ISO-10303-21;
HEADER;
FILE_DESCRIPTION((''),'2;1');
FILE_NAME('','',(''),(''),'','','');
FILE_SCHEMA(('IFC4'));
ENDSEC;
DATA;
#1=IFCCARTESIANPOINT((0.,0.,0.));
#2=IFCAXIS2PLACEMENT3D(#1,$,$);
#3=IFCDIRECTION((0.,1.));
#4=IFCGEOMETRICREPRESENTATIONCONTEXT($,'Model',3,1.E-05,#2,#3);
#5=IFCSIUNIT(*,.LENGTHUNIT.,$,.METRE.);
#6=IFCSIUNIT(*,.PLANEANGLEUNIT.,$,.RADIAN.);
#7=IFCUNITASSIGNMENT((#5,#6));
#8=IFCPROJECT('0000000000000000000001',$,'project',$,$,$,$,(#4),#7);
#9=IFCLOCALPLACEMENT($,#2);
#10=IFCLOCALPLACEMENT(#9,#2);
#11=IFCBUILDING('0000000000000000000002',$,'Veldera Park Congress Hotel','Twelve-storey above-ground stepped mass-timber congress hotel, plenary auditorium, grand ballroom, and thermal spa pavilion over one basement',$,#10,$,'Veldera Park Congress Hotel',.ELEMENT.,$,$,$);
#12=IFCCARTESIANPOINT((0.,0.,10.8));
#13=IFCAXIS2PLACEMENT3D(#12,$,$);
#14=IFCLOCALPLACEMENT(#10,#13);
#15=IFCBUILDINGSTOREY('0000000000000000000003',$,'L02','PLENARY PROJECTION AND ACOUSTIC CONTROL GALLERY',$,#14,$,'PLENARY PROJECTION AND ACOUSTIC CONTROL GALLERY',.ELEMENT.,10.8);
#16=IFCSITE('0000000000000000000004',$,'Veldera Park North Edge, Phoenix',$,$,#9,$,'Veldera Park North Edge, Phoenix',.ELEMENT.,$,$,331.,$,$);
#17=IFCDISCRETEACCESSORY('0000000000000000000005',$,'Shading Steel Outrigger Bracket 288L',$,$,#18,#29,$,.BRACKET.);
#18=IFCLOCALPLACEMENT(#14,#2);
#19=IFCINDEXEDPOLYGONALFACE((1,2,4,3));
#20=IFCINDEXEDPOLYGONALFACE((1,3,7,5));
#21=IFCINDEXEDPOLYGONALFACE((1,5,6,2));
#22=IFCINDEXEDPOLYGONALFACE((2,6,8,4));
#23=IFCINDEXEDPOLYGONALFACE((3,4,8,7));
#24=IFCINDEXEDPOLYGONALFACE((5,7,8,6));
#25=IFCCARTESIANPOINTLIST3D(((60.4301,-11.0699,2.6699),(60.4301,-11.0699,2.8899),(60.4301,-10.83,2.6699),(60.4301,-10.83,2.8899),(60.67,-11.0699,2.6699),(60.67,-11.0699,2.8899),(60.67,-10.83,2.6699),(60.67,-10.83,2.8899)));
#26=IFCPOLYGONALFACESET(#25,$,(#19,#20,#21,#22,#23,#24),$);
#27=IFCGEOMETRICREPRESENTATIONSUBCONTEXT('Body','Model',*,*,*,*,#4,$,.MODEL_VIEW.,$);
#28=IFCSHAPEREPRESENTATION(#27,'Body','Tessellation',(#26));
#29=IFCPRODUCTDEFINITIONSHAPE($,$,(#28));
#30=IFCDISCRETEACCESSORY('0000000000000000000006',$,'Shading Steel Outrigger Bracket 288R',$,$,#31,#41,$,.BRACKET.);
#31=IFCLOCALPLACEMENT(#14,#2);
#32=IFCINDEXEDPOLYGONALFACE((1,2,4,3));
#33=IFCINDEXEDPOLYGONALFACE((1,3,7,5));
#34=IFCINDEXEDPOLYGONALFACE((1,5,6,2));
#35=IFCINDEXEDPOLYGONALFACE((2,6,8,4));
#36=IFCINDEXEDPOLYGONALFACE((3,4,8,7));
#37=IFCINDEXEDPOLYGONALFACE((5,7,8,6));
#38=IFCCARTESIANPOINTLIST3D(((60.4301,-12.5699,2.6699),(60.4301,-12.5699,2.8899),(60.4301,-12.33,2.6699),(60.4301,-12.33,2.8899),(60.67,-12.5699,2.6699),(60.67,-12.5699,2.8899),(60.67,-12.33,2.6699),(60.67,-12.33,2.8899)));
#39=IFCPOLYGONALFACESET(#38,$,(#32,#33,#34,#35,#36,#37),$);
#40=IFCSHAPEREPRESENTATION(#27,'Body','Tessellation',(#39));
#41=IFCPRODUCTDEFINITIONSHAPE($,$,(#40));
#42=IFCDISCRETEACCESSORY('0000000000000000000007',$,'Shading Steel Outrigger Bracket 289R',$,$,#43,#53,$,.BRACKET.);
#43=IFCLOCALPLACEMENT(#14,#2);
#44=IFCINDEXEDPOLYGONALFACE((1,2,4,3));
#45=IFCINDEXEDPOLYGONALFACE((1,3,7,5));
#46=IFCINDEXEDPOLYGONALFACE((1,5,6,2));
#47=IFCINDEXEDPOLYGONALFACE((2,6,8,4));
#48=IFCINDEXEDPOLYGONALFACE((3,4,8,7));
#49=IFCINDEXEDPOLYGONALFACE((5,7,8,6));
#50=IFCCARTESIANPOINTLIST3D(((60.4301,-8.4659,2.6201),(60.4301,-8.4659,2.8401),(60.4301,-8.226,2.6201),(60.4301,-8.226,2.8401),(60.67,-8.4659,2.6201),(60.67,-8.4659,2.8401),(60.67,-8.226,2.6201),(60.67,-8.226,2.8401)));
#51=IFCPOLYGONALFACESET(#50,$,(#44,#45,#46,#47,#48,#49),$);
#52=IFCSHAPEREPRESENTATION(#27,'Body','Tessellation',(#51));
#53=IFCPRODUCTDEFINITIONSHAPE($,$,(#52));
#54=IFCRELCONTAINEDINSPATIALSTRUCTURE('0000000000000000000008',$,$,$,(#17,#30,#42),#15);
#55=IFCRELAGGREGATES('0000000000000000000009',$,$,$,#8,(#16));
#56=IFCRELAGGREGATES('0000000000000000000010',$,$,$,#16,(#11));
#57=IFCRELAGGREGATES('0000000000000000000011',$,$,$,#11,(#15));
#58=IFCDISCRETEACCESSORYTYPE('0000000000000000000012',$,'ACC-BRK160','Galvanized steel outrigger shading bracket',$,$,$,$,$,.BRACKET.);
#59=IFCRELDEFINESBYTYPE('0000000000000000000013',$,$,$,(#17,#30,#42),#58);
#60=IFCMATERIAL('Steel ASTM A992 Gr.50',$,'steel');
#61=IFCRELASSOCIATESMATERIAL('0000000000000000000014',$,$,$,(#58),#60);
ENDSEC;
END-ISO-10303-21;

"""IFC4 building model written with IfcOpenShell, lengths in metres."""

from ifc_helpers import new_model, si_unit, direction, frame, origin, origin_2d, place, context, subcontext, project, spatial, rectangle, extrude, material, type_object, element, save


model = new_model("IFC4")

# Units and contexts
model_context = context("Model", 3, precision=1e-05, world=origin(), true_north=direction((0.0, 1.0)))
body_context = subcontext(model_context, "Body", "Model", "MODEL_VIEW")
ifc_project = project(units=[si_unit("LENGTHUNIT", "METRE"), si_unit("PLANEANGLEUNIT", "RADIAN")], contexts=[model_context])

# Site, building, storey
site_placement = place(None, origin())
site = spatial("IfcSite", under=ifc_project, at=site_placement, Name="Veldera Park North Edge, Phoenix", LongName="Veldera Park North Edge, Phoenix", CompositionType="ELEMENT", RefElevation=331.0)
building_placement = place(site_placement, origin())
building = spatial("IfcBuilding", under=site, at=building_placement, Name="Veldera Park Congress Hotel", Description="Twelve-storey above-ground stepped mass-timber congress hotel, plenary auditorium, grand ballroom, and thermal spa pavilion over one basement", LongName="Veldera Park Congress Hotel", CompositionType="ELEMENT")
storey_placement = place(building_placement, frame((0.0, 0.0, 10.8)))
storey = spatial("IfcBuildingStorey", under=building, at=storey_placement, Name="L02", Description="PLENARY PROJECTION AND ACOUSTIC CONTROL GALLERY", LongName="PLENARY PROJECTION AND ACOUSTIC CONTROL GALLERY", CompositionType="ELEMENT", Elevation=10.8)

# Discrete accessories
ifc_material_1 = material(Name="Steel ASTM A992 Gr.50", Category="steel")
discrete_accessory_type = type_object("IfcDiscreteAccessoryType", Name="ACC-BRK160", Description="Galvanized steel outrigger shading bracket", PredefinedType="BRACKET", material=ifc_material_1)
for number, where, z_axis, x_axis, name in (
    (1, (60.55, -10.95, 2.6699), (0.0, 0.0, 1.0), (0.0, -1.0, 0.0), "Shading Steel Outrigger Bracket 288L"),
    (2, (60.55, -12.45, 2.6699), (0.0, 0.0, 1.0), (0.0, -1.0, 0.0), "Shading Steel Outrigger Bracket 288R"),
    (3, (60.55, -8.3459, 2.6201), (0.0, 0.0, 1.0), (0.0, -1.0, 0.0), "Shading Steel Outrigger Bracket 289R"),
):
    element("IfcDiscreteAccessory", number, at=place(storey_placement, frame(where, z_axis=z_axis, x_axis=x_axis)), inside=storey, type_object=discrete_accessory_type, Name=name, PredefinedType="BRACKET", context=body_context, shape_type="SweptSolid", body=[
        extrude(rectangle(XDim=0.24, YDim=0.24, at=origin_2d()), origin(), (0.0, 0.0, 1.0), 0.22),
    ])

save(model, "model.ifc")
